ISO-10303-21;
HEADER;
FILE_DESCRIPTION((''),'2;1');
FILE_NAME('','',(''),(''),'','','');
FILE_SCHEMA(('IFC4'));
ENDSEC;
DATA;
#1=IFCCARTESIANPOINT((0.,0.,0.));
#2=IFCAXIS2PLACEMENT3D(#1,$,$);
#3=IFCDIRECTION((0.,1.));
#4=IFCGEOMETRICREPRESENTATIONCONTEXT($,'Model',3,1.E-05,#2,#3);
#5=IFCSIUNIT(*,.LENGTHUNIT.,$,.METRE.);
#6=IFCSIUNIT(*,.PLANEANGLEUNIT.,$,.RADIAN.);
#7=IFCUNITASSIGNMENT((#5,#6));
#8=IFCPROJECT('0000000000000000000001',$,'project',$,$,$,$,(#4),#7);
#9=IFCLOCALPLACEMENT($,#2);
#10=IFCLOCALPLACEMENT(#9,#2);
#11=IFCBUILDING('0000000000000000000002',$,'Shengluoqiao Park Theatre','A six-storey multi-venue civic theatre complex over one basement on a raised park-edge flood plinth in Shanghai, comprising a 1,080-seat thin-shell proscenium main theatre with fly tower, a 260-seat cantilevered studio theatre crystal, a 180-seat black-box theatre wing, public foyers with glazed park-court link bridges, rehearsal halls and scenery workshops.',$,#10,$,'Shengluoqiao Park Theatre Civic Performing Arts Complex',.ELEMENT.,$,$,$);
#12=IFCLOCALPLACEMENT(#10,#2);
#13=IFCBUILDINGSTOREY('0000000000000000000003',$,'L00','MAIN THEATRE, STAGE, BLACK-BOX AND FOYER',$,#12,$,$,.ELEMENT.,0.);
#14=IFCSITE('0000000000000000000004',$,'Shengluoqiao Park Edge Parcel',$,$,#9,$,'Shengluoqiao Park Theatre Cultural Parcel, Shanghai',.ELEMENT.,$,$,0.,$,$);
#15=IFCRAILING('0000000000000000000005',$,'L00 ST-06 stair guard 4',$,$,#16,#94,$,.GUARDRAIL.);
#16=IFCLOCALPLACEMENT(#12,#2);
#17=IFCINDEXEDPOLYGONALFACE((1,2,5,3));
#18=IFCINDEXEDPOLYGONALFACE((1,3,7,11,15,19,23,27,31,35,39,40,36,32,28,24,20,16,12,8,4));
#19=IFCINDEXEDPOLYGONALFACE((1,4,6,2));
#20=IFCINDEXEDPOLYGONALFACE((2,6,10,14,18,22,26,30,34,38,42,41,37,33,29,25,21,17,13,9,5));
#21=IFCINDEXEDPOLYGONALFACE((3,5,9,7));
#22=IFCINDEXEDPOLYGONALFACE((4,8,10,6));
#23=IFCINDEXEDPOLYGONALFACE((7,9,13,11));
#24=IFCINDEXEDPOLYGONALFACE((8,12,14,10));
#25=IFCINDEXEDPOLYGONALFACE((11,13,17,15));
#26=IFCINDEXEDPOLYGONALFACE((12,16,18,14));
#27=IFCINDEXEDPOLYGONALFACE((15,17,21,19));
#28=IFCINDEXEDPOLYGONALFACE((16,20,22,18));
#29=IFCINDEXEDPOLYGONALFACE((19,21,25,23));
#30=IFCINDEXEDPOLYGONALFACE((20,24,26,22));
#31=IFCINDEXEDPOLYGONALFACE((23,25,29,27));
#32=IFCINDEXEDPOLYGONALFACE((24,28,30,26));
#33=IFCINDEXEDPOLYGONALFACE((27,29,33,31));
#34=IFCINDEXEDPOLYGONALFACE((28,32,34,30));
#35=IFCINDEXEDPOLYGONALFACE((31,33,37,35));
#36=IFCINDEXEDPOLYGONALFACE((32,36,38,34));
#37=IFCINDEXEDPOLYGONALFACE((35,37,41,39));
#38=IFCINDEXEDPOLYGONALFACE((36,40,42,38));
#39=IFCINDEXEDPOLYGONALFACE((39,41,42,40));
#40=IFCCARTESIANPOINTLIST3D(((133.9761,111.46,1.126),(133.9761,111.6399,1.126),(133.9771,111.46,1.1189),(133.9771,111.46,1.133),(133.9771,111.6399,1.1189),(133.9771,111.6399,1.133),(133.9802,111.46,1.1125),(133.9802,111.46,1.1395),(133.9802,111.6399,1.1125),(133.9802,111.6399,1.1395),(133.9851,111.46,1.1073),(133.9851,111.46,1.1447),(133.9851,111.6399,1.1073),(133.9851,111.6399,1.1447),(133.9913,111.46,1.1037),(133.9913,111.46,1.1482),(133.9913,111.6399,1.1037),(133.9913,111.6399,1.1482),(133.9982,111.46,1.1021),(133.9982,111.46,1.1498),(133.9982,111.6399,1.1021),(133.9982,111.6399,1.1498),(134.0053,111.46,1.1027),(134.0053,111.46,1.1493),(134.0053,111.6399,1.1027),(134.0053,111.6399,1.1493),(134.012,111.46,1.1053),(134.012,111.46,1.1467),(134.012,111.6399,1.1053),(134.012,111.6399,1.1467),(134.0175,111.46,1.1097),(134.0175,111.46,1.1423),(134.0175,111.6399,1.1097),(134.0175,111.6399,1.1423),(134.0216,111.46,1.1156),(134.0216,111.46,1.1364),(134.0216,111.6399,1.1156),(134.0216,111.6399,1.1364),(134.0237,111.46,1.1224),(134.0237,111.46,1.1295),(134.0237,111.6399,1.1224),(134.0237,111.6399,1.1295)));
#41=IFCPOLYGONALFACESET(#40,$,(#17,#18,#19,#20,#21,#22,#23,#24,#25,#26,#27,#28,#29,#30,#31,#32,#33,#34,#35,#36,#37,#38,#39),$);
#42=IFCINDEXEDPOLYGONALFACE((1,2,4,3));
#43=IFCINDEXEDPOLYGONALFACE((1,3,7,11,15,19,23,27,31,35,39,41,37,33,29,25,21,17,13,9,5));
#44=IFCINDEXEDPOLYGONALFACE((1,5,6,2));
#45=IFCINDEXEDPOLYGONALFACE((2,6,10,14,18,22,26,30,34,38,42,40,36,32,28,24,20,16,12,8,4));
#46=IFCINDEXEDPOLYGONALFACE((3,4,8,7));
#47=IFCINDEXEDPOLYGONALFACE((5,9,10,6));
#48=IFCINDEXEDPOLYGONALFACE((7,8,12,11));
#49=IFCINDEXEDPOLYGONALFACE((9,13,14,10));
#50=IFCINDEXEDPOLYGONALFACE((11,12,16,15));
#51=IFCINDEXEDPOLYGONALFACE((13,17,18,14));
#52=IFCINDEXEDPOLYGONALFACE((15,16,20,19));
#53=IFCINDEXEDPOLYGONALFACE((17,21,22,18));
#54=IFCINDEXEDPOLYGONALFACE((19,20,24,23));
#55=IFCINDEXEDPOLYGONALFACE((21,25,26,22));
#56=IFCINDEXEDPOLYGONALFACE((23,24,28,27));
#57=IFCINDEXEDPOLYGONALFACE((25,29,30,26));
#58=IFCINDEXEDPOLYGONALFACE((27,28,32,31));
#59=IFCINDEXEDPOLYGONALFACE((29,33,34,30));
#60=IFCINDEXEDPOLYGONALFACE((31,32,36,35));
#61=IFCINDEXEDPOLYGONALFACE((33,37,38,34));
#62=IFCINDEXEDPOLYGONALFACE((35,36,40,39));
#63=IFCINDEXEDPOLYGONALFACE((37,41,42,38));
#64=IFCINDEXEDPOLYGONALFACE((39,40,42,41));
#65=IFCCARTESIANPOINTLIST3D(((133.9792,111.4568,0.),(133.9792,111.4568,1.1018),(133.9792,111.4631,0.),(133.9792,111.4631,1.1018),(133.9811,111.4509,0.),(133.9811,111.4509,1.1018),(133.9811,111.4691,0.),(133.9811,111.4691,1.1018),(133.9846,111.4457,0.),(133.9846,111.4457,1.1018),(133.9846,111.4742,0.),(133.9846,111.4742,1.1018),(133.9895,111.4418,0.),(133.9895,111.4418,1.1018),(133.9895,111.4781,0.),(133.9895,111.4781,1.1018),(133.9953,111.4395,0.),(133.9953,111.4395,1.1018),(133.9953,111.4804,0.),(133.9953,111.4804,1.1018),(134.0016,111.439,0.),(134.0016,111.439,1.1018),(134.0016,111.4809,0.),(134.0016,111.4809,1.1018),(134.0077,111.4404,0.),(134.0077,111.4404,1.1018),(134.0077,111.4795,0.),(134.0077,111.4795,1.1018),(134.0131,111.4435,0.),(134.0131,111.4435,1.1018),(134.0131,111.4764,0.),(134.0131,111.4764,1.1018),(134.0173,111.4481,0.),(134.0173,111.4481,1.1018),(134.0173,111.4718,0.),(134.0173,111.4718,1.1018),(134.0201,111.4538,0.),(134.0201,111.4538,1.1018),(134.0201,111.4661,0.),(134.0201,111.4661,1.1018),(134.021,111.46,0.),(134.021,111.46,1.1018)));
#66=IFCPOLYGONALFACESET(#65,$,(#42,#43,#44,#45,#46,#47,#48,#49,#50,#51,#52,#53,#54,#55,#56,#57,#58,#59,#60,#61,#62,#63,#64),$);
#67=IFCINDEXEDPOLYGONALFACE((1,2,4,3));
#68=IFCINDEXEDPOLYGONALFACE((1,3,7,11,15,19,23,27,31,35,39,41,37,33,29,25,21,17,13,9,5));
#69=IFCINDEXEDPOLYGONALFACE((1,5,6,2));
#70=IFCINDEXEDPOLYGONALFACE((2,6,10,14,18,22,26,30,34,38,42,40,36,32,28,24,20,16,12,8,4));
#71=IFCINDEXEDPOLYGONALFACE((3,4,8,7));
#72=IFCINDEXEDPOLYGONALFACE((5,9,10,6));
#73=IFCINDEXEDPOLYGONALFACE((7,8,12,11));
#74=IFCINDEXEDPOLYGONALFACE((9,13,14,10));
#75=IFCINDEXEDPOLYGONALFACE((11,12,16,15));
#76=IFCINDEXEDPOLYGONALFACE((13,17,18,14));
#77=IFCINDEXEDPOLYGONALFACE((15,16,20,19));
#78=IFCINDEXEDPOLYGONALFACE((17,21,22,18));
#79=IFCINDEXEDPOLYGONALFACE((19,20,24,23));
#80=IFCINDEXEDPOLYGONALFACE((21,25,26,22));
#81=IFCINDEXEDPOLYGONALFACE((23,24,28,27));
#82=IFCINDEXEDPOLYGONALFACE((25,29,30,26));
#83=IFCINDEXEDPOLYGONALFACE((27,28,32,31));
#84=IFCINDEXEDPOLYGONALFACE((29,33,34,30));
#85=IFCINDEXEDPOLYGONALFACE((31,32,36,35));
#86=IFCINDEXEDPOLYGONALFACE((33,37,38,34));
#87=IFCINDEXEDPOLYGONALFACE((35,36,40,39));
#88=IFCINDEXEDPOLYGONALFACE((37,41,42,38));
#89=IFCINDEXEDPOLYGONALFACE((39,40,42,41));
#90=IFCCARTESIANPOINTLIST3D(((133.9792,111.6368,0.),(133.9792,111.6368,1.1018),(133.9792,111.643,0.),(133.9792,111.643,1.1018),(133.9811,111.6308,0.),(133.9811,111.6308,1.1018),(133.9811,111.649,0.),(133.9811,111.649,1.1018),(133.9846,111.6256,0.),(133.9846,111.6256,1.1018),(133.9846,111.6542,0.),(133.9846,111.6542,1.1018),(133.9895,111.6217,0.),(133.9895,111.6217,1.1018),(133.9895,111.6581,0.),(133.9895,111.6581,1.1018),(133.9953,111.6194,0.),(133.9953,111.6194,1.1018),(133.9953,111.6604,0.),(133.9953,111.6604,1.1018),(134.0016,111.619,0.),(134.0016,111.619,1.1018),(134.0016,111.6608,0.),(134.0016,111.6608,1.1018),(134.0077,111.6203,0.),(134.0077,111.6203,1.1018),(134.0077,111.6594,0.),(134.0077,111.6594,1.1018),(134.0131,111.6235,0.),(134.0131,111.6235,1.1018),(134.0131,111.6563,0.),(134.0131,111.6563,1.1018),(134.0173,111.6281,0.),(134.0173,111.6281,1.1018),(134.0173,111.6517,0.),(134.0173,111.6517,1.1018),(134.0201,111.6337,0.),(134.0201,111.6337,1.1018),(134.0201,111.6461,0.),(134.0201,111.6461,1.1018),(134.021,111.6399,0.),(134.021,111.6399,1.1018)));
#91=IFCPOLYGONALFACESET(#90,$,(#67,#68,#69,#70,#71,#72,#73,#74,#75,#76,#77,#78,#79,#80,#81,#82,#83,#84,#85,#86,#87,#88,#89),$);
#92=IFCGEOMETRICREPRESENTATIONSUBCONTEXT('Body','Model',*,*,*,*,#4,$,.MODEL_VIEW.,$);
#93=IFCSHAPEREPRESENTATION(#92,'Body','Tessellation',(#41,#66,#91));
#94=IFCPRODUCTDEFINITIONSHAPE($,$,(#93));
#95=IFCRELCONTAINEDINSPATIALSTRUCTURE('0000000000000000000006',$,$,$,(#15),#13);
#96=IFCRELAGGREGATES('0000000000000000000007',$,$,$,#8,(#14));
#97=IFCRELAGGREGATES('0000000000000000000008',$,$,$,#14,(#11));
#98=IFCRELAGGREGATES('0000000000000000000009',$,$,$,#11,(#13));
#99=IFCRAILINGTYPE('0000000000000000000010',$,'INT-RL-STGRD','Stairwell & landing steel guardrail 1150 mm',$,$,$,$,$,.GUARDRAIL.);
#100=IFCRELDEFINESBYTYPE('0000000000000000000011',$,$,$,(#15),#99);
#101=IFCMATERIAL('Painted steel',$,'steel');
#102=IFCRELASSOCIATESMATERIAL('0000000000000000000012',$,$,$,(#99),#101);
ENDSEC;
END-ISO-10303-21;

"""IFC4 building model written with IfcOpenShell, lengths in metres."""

from ifc_helpers import new_model, si_unit, direction, frame, origin, origin_2d, place, context, subcontext, project, spatial, circle, extrude, material, type_object, element, save


model = new_model("IFC4")

# Units and contexts
model_context = context("Model", 3, precision=1e-05, world=origin(), true_north=direction((0.0, 1.0)))
body_context = subcontext(model_context, "Body", "Model", "MODEL_VIEW")
ifc_project = project(units=[si_unit("LENGTHUNIT", "METRE"), si_unit("PLANEANGLEUNIT", "RADIAN")], contexts=[model_context])

# Site, building, storey
site_placement = place(None, origin())
site = spatial("IfcSite", under=ifc_project, at=site_placement, Name="Shengluoqiao Park Edge Parcel", LongName="Shengluoqiao Park Theatre Cultural Parcel, Shanghai", CompositionType="ELEMENT", RefElevation=0.0)
building_placement = place(site_placement, origin())
building = spatial("IfcBuilding", under=site, at=building_placement, Name="Shengluoqiao Park Theatre", Description="A six-storey multi-venue civic theatre complex over one basement on a raised park-edge flood plinth in Shanghai, comprising a 1,080-seat thin-shell proscenium main theatre with fly tower, a 260-seat cantilevered studio theatre crystal, a 180-seat black-box theatre wing, public foyers with glazed park-court link bridges, rehearsal halls and scenery workshops.", LongName="Shengluoqiao Park Theatre Civic Performing Arts Complex", CompositionType="ELEMENT")
storey_placement = place(building_placement, origin())
storey = spatial("IfcBuildingStorey", under=building, at=storey_placement, Name="L00", Description="MAIN THEATRE, STAGE, BLACK-BOX AND FOYER", CompositionType="ELEMENT", Elevation=0.0)

# Railing
ifc_material_1 = material(Name="Painted steel", Category="steel")
railing_type_1 = type_object("IfcRailingType", Name="INT-RL-STGRD", Description="Stairwell & landing steel guardrail 1150 mm", PredefinedType="GUARDRAIL", material=ifc_material_1)
railing_1_placement = place(storey_placement, frame((134.0, 111.46, 0.0)))
element("IfcRailing", 1, at=railing_1_placement, inside=storey, type_object=railing_type_1, Name="L00 ST-06 stair guard 4", PredefinedType="GUARDRAIL", context=body_context, shape_type="SweptSolid", body=[
    extrude(circle(Radius=0.0239, at=origin_2d()), frame((0.0, 0.0, 1.126), z_axis=(0.0, 1.0, 0.0), x_axis=(-1.0, 0.0, 0.0)), (0.0, 0.0, 1.0), 0.1799),
    extrude(circle(Radius=0.021, at=origin_2d()), origin(), (0.0, 0.0, 1.0), 1.1018),
    extrude(circle(Radius=0.021, at=origin_2d()), frame((0.0, 0.1799, 0.0)), (0.0, 0.0, 1.0), 1.1018),
])

save(model, "model.ifc")
